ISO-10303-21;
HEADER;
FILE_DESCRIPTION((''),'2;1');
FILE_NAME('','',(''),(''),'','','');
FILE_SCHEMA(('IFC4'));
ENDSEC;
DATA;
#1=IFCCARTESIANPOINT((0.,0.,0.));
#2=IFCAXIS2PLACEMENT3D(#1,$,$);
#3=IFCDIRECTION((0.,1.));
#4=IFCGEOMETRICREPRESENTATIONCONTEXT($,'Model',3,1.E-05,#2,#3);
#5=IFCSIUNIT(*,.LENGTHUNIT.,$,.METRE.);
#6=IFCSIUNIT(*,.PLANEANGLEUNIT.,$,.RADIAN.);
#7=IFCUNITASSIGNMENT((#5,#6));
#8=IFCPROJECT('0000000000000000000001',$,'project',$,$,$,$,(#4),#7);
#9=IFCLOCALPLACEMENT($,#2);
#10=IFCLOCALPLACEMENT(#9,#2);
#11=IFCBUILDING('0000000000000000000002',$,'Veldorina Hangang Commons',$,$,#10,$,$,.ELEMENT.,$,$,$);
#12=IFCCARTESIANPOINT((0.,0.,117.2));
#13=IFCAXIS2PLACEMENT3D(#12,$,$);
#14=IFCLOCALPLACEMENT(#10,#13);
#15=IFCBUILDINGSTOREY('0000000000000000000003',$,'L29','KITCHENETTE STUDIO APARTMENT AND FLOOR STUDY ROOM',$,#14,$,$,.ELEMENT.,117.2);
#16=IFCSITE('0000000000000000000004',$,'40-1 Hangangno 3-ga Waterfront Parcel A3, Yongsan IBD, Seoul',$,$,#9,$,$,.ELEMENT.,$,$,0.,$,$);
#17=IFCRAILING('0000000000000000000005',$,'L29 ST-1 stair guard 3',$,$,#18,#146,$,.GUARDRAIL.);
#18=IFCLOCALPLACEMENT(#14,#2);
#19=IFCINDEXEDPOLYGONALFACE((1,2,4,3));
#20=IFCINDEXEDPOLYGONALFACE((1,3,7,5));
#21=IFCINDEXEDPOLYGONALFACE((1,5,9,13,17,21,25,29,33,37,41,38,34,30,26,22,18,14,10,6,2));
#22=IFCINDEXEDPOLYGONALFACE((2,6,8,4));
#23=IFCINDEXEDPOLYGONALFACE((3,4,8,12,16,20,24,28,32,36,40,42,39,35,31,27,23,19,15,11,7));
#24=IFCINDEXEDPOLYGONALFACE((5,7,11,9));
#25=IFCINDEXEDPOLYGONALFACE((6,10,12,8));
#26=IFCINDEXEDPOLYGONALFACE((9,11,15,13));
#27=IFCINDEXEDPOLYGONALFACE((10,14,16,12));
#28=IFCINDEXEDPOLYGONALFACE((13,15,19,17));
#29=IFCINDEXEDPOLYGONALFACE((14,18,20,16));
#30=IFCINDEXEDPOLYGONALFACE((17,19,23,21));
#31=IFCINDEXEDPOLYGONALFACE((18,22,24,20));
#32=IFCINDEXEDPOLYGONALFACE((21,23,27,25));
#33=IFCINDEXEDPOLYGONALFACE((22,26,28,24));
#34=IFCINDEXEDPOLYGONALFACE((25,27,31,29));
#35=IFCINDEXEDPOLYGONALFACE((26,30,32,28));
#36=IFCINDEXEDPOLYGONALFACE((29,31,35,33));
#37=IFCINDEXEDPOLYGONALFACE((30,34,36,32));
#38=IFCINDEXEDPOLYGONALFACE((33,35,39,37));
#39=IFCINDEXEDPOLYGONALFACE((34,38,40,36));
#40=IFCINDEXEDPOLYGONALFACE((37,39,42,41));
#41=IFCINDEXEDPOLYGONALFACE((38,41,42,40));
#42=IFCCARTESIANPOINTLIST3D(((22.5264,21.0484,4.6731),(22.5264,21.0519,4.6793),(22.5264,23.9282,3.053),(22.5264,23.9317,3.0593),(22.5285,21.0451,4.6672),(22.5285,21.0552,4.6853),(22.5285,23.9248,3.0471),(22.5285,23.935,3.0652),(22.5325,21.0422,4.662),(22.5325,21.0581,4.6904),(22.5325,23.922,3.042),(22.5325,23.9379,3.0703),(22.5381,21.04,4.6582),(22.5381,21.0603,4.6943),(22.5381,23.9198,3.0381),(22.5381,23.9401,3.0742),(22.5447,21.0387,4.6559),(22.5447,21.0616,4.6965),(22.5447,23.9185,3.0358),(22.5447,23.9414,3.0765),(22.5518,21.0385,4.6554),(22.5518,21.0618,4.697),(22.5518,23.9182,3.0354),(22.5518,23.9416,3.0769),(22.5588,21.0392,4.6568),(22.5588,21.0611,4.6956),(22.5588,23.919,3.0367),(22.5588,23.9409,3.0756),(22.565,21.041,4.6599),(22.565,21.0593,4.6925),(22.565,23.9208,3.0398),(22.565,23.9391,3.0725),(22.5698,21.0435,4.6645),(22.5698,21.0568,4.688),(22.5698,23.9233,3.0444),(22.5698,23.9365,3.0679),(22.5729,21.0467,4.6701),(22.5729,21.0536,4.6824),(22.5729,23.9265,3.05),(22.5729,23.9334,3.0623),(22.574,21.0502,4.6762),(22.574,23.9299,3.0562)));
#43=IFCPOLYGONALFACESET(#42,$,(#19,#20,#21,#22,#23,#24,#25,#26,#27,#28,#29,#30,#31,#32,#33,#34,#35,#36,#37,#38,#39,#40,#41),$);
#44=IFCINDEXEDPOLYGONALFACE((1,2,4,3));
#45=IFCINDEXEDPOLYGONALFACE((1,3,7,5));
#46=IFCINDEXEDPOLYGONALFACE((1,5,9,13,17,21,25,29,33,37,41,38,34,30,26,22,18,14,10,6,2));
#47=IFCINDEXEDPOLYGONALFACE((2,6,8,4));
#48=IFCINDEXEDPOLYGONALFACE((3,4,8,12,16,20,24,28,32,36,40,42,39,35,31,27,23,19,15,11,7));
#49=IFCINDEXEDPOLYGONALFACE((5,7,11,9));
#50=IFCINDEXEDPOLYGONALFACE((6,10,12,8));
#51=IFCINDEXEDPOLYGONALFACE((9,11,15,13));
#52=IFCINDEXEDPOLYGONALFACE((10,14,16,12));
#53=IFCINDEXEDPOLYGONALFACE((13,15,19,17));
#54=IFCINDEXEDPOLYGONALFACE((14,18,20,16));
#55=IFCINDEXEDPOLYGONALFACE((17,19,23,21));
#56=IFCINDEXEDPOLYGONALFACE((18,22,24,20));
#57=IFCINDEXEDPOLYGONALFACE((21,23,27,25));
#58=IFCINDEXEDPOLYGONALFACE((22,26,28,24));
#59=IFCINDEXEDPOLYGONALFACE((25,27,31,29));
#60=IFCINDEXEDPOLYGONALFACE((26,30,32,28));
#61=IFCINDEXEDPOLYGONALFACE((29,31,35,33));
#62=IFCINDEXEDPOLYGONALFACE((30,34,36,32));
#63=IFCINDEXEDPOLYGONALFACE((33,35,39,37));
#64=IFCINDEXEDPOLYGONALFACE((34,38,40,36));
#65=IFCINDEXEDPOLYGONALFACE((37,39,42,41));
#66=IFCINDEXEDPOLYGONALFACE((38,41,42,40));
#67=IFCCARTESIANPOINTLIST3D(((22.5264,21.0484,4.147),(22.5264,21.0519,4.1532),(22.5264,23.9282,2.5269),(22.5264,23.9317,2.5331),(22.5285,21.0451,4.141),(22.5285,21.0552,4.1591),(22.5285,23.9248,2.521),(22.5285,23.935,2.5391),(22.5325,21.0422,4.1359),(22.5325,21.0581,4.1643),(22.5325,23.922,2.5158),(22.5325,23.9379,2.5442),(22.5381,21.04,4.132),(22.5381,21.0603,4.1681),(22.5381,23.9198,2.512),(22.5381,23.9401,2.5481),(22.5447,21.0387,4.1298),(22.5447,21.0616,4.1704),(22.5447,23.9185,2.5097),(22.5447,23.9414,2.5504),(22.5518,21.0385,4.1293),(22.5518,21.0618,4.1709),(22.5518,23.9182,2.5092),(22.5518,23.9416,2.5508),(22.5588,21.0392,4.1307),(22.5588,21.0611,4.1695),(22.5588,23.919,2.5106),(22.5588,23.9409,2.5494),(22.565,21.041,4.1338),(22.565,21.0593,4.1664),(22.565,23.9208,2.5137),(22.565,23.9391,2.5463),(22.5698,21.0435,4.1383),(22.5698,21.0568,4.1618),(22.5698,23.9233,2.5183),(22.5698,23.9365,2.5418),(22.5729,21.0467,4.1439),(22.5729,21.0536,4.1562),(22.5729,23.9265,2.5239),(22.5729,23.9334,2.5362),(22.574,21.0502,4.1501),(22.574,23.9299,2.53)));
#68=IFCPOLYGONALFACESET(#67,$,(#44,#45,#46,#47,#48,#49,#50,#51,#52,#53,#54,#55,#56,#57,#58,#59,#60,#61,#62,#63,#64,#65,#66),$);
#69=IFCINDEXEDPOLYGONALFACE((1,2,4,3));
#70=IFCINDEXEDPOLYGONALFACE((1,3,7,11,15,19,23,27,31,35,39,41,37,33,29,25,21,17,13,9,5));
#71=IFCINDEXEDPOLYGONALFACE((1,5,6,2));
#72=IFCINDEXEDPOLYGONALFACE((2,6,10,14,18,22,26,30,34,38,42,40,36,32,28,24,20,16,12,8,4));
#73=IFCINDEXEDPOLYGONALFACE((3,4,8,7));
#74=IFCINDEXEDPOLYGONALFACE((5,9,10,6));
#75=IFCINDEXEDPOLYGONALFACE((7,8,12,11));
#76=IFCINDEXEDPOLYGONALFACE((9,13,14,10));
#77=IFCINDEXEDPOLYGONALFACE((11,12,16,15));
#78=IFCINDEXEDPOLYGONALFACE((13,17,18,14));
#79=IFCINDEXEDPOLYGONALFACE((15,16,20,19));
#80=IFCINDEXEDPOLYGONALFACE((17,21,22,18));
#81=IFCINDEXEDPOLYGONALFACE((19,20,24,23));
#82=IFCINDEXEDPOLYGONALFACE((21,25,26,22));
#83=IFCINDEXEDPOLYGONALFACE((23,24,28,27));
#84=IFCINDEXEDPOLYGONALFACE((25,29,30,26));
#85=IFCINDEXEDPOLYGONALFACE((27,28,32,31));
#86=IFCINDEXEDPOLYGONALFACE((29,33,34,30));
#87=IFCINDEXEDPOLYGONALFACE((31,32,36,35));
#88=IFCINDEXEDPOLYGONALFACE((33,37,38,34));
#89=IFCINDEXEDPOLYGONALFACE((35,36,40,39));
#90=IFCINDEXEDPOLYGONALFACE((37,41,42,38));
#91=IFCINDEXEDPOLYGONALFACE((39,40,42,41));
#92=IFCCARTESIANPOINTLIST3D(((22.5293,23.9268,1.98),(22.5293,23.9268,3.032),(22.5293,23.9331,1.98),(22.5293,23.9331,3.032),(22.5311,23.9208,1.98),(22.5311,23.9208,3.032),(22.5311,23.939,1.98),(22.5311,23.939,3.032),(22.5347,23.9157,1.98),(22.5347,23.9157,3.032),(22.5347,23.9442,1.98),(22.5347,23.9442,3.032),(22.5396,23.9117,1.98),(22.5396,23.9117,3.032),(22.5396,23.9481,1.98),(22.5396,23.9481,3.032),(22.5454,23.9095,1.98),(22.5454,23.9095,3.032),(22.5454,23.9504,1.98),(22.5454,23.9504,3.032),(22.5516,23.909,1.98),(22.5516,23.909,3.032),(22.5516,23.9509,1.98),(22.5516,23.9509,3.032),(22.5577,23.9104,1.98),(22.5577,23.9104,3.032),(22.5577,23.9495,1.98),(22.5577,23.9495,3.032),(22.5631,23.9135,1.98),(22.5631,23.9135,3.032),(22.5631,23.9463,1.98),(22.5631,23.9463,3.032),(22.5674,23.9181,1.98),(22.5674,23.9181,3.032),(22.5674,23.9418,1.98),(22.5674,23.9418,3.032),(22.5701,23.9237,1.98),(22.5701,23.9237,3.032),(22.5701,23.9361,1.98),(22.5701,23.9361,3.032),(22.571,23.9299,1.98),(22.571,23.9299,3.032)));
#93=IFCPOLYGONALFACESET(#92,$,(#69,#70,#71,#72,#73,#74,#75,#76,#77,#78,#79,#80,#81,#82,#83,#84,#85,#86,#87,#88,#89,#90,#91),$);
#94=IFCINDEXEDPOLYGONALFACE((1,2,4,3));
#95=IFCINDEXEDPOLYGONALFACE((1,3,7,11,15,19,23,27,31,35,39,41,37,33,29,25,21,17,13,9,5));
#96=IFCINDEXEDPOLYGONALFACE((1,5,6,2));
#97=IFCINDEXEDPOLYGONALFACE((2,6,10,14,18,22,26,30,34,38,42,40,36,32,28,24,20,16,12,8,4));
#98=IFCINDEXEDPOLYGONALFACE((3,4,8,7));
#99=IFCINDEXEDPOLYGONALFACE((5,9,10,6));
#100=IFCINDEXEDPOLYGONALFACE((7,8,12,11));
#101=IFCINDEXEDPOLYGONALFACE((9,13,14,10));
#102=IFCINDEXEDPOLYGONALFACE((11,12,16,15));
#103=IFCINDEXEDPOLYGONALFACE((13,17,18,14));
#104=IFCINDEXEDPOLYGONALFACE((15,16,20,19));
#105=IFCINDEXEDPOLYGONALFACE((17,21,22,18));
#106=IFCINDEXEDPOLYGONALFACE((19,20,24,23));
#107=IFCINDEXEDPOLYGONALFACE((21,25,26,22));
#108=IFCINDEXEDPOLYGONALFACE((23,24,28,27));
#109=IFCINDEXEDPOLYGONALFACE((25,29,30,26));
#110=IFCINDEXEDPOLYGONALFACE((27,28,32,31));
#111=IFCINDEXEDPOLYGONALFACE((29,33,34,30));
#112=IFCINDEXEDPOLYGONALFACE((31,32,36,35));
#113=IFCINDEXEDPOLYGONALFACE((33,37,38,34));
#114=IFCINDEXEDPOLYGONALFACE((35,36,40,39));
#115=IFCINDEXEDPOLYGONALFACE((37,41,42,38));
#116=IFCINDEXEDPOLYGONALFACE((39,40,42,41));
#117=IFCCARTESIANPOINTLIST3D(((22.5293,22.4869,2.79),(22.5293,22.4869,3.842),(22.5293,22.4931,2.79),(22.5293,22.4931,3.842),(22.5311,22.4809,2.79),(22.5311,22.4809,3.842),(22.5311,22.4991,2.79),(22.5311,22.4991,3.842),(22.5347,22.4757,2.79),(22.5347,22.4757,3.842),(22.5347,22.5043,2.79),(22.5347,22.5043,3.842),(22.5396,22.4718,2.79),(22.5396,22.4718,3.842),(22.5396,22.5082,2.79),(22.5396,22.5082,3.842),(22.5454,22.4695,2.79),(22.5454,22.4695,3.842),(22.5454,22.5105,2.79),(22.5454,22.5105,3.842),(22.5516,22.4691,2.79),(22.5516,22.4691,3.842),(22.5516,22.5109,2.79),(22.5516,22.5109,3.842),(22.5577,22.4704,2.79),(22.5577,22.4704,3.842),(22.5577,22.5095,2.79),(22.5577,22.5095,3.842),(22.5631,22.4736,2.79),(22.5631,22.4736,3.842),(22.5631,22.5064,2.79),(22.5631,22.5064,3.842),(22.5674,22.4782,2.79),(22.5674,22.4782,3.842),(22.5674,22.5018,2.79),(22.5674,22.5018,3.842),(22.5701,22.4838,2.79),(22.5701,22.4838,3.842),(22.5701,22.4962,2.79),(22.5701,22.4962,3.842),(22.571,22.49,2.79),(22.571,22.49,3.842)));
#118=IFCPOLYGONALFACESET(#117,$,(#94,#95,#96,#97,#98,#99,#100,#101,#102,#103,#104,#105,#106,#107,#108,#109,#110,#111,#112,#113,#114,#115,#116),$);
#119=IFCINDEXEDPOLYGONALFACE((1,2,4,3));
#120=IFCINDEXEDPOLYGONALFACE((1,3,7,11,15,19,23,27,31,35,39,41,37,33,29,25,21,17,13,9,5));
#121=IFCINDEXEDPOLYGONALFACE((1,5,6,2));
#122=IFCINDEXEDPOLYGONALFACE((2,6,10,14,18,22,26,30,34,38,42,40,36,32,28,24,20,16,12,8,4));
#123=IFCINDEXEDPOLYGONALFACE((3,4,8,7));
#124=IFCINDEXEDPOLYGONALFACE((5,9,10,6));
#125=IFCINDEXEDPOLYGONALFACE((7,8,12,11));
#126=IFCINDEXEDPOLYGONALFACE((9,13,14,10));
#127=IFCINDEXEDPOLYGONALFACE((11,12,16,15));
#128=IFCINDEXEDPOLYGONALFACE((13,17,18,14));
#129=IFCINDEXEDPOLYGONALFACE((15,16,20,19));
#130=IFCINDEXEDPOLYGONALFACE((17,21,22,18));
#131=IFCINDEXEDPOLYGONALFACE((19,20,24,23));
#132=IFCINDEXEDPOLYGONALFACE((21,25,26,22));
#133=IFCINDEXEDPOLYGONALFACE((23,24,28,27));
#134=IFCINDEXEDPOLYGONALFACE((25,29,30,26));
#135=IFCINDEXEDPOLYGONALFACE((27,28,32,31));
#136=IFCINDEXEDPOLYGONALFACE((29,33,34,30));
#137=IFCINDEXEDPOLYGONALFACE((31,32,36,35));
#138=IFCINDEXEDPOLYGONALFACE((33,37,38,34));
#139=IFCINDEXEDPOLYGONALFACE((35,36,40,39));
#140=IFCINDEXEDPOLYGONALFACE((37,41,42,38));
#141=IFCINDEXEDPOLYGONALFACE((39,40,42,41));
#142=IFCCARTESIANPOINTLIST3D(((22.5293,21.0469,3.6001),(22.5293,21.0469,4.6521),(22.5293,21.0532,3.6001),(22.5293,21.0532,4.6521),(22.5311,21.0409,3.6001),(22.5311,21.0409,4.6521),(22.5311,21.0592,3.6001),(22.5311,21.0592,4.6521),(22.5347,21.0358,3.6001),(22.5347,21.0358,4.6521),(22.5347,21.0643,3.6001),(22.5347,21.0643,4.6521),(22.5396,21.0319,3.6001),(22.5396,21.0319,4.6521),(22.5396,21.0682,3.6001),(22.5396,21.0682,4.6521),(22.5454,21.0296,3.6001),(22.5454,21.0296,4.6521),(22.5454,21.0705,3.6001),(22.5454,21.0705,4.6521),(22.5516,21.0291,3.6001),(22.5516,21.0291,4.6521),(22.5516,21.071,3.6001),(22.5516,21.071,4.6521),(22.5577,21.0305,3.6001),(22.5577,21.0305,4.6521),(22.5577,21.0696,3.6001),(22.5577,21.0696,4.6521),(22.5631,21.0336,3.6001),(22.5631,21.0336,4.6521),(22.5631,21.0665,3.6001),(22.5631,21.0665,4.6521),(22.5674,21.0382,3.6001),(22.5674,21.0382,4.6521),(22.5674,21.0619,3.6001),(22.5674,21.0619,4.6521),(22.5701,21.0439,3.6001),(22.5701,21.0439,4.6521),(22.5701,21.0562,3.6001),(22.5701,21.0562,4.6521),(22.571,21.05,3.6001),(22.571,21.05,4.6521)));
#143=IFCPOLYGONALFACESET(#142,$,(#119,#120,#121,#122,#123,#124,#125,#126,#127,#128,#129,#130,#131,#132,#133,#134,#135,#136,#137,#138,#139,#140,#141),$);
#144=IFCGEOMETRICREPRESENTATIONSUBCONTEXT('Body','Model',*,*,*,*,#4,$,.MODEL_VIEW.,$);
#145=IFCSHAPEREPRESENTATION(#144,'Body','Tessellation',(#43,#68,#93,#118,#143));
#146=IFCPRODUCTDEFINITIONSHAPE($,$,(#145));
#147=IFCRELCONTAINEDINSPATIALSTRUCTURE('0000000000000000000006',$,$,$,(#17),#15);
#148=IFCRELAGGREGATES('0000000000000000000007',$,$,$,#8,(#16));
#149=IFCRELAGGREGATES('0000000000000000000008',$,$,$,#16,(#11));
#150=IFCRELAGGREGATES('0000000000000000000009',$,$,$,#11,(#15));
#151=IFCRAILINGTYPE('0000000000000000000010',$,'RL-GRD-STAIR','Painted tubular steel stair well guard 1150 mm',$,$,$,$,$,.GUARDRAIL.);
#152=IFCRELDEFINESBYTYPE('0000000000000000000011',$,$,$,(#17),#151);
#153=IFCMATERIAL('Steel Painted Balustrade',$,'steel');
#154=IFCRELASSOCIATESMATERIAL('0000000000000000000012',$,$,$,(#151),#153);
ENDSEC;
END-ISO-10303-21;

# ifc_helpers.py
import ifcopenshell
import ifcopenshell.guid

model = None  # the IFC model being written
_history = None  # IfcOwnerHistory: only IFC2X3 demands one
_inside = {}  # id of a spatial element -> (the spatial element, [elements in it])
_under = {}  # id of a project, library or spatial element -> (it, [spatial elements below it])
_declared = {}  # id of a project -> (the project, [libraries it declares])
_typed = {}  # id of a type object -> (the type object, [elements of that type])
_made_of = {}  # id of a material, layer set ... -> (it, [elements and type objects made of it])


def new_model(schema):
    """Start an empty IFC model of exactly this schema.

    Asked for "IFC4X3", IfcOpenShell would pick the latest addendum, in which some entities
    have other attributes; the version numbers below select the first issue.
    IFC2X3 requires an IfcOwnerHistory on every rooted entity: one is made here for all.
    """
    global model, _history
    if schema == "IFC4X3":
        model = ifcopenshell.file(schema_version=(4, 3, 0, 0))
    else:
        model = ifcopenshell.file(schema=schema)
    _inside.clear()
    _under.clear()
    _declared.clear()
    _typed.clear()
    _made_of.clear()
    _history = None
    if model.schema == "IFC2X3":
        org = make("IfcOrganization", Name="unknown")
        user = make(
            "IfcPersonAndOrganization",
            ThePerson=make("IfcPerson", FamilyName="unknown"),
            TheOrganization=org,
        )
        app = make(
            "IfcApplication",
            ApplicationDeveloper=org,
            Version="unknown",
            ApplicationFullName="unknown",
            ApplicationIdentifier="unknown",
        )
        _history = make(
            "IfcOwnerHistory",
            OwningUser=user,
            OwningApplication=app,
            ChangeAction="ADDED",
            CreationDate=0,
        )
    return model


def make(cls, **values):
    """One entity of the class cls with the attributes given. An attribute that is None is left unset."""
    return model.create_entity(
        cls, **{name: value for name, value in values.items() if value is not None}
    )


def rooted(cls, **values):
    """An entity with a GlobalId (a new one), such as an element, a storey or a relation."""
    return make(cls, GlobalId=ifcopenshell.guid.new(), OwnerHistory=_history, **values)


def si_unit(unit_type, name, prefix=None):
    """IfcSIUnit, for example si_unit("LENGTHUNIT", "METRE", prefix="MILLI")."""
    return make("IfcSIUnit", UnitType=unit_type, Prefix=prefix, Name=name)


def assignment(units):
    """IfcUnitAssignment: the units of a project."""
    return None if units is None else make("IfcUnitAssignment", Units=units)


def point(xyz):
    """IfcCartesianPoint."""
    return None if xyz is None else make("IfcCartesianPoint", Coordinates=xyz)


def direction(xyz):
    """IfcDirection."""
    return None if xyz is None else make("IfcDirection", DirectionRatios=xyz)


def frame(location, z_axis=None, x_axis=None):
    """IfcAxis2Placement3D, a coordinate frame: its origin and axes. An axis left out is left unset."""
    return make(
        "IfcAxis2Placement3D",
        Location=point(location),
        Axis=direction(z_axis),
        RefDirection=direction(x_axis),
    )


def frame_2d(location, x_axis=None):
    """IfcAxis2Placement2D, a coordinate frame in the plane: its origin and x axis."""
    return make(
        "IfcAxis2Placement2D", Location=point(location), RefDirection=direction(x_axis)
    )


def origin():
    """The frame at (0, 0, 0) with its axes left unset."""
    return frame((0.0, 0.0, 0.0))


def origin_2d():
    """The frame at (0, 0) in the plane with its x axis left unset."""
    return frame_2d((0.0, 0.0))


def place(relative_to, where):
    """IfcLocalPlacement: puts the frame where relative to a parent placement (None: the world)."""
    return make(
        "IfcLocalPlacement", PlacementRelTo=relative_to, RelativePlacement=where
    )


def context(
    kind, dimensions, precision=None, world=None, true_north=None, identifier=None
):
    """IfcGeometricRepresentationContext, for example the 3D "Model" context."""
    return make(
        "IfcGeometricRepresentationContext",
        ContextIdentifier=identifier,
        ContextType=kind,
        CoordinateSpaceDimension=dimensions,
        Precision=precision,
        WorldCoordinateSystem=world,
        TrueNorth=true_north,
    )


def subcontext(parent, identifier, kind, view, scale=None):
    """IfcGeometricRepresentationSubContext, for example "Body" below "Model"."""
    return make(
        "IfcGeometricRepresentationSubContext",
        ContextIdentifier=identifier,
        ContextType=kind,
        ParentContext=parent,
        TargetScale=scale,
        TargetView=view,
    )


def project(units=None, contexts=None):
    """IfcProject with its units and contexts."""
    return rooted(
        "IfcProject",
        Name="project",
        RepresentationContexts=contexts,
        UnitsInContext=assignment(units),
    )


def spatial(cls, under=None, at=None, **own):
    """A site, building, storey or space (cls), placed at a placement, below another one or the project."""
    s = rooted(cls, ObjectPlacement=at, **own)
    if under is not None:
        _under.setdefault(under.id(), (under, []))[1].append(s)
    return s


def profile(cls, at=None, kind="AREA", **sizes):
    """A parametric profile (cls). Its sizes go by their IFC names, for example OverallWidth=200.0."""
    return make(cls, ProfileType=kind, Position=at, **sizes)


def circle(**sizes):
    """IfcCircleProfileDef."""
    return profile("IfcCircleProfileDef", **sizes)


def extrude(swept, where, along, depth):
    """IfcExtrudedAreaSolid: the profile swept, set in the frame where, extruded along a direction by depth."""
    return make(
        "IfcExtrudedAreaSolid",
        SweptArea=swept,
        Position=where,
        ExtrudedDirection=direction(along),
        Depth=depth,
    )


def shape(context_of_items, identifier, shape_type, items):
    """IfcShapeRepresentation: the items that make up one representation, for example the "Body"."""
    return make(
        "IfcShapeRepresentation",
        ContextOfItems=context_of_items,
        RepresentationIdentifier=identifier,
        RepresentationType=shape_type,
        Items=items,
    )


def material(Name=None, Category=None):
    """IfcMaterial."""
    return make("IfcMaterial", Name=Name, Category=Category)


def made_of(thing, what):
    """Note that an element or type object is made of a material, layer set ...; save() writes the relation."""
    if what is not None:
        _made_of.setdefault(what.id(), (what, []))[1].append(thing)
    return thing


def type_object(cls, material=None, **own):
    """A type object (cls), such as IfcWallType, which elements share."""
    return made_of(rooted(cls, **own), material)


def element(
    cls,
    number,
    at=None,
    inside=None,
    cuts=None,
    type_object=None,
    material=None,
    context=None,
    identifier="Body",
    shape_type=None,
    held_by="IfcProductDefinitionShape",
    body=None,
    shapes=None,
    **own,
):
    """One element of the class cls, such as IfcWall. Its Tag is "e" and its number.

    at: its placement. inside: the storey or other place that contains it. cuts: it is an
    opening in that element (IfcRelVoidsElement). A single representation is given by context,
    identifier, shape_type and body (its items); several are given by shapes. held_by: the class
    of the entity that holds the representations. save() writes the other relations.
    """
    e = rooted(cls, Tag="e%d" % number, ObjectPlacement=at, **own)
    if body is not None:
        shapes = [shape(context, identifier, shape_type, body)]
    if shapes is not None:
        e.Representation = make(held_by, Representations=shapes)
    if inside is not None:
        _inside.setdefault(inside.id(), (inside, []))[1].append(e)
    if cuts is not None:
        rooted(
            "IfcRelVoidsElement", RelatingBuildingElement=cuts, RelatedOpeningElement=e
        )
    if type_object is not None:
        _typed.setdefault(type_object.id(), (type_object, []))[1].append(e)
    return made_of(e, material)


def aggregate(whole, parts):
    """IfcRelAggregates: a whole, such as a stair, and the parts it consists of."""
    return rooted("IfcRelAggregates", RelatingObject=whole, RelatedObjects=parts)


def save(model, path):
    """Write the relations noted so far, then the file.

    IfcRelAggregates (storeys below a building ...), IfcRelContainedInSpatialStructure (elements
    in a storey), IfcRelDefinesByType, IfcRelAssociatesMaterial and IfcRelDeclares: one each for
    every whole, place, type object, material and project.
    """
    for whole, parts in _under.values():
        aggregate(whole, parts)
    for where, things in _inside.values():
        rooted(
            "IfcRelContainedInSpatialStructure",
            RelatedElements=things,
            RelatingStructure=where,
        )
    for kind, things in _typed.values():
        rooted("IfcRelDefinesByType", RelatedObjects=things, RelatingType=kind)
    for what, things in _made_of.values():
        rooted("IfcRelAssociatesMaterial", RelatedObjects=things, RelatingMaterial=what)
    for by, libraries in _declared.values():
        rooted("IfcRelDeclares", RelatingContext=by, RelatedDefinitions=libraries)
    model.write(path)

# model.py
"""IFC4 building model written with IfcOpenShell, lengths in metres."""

from ifc_helpers import new_model, si_unit, direction, frame, origin, origin_2d, place, context, subcontext, project, spatial, circle, extrude, material, type_object, element, save


model = new_model("IFC4")

# Units and contexts
model_context = context("Model", 3, precision=1e-05, world=origin(), true_north=direction((0.0, 1.0)))
body_context = subcontext(model_context, "Body", "Model", "MODEL_VIEW")
ifc_project = project(units=[si_unit("LENGTHUNIT", "METRE"), si_unit("PLANEANGLEUNIT", "RADIAN")], contexts=[model_context])

# Site, building, storey
site_placement = place(None, origin())
site = spatial("IfcSite", under=ifc_project, at=site_placement, Name="40-1 Hangangno 3-ga Waterfront Parcel A3, Yongsan IBD, Seoul", CompositionType="ELEMENT", RefElevation=0.0)
building_placement = place(site_placement, origin())
building = spatial("IfcBuilding", under=site, at=building_placement, Name="Veldorina Hangang Commons", CompositionType="ELEMENT")
storey_placement = place(building_placement, frame((0.0, 0.0, 117.2)))
storey = spatial("IfcBuildingStorey", under=building, at=storey_placement, Name="L29", Description="KITCHENETTE STUDIO APARTMENT AND FLOOR STUDY ROOM", CompositionType="ELEMENT", Elevation=117.2)

# Railing
ifc_material_1 = material(Name="Steel Painted Balustrade", Category="steel")
railing_type_1 = type_object("IfcRailingType", Name="RL-GRD-STAIR", Description="Painted tubular steel stair well guard 1150 mm", PredefinedType="GUARDRAIL", material=ifc_material_1)
railing_1_placement = place(storey_placement, frame((22.55, 23.9299, 1.98)))
element("IfcRailing", 1, at=railing_1_placement, inside=storey, type_object=railing_type_1, Name="L29 ST-1 stair guard 3", PredefinedType="GUARDRAIL", context=body_context, shape_type="SweptSolid", body=[
    extrude(circle(Radius=0.0239, at=origin_2d()), frame((0.0, 0.0, 1.0762), z_axis=(0.0, -0.871552, 0.490303), x_axis=(1.0, 0.0, 0.0)), (0.0, 0.0, 1.0), 3.3042),
    extrude(circle(Radius=0.0239, at=origin_2d()), frame((0.0, 0.0, 0.55), z_axis=(0.0, -0.871552, 0.490303), x_axis=(1.0, 0.0, 0.0)), (0.0, 0.0, 1.0), 3.3042),
    extrude(circle(Radius=0.021, at=origin_2d()), origin(), (0.0, 0.0, 1.0), 1.052),
    extrude(circle(Radius=0.021, at=origin_2d()), frame((0.0, -1.4399, 0.8101)), (0.0, 0.0, 1.0), 1.052),
    extrude(circle(Radius=0.021, at=origin_2d()), frame((0.0, -2.8799, 1.6201)), (0.0, 0.0, 1.0), 1.052),
])

save(model, "model.ifc")
